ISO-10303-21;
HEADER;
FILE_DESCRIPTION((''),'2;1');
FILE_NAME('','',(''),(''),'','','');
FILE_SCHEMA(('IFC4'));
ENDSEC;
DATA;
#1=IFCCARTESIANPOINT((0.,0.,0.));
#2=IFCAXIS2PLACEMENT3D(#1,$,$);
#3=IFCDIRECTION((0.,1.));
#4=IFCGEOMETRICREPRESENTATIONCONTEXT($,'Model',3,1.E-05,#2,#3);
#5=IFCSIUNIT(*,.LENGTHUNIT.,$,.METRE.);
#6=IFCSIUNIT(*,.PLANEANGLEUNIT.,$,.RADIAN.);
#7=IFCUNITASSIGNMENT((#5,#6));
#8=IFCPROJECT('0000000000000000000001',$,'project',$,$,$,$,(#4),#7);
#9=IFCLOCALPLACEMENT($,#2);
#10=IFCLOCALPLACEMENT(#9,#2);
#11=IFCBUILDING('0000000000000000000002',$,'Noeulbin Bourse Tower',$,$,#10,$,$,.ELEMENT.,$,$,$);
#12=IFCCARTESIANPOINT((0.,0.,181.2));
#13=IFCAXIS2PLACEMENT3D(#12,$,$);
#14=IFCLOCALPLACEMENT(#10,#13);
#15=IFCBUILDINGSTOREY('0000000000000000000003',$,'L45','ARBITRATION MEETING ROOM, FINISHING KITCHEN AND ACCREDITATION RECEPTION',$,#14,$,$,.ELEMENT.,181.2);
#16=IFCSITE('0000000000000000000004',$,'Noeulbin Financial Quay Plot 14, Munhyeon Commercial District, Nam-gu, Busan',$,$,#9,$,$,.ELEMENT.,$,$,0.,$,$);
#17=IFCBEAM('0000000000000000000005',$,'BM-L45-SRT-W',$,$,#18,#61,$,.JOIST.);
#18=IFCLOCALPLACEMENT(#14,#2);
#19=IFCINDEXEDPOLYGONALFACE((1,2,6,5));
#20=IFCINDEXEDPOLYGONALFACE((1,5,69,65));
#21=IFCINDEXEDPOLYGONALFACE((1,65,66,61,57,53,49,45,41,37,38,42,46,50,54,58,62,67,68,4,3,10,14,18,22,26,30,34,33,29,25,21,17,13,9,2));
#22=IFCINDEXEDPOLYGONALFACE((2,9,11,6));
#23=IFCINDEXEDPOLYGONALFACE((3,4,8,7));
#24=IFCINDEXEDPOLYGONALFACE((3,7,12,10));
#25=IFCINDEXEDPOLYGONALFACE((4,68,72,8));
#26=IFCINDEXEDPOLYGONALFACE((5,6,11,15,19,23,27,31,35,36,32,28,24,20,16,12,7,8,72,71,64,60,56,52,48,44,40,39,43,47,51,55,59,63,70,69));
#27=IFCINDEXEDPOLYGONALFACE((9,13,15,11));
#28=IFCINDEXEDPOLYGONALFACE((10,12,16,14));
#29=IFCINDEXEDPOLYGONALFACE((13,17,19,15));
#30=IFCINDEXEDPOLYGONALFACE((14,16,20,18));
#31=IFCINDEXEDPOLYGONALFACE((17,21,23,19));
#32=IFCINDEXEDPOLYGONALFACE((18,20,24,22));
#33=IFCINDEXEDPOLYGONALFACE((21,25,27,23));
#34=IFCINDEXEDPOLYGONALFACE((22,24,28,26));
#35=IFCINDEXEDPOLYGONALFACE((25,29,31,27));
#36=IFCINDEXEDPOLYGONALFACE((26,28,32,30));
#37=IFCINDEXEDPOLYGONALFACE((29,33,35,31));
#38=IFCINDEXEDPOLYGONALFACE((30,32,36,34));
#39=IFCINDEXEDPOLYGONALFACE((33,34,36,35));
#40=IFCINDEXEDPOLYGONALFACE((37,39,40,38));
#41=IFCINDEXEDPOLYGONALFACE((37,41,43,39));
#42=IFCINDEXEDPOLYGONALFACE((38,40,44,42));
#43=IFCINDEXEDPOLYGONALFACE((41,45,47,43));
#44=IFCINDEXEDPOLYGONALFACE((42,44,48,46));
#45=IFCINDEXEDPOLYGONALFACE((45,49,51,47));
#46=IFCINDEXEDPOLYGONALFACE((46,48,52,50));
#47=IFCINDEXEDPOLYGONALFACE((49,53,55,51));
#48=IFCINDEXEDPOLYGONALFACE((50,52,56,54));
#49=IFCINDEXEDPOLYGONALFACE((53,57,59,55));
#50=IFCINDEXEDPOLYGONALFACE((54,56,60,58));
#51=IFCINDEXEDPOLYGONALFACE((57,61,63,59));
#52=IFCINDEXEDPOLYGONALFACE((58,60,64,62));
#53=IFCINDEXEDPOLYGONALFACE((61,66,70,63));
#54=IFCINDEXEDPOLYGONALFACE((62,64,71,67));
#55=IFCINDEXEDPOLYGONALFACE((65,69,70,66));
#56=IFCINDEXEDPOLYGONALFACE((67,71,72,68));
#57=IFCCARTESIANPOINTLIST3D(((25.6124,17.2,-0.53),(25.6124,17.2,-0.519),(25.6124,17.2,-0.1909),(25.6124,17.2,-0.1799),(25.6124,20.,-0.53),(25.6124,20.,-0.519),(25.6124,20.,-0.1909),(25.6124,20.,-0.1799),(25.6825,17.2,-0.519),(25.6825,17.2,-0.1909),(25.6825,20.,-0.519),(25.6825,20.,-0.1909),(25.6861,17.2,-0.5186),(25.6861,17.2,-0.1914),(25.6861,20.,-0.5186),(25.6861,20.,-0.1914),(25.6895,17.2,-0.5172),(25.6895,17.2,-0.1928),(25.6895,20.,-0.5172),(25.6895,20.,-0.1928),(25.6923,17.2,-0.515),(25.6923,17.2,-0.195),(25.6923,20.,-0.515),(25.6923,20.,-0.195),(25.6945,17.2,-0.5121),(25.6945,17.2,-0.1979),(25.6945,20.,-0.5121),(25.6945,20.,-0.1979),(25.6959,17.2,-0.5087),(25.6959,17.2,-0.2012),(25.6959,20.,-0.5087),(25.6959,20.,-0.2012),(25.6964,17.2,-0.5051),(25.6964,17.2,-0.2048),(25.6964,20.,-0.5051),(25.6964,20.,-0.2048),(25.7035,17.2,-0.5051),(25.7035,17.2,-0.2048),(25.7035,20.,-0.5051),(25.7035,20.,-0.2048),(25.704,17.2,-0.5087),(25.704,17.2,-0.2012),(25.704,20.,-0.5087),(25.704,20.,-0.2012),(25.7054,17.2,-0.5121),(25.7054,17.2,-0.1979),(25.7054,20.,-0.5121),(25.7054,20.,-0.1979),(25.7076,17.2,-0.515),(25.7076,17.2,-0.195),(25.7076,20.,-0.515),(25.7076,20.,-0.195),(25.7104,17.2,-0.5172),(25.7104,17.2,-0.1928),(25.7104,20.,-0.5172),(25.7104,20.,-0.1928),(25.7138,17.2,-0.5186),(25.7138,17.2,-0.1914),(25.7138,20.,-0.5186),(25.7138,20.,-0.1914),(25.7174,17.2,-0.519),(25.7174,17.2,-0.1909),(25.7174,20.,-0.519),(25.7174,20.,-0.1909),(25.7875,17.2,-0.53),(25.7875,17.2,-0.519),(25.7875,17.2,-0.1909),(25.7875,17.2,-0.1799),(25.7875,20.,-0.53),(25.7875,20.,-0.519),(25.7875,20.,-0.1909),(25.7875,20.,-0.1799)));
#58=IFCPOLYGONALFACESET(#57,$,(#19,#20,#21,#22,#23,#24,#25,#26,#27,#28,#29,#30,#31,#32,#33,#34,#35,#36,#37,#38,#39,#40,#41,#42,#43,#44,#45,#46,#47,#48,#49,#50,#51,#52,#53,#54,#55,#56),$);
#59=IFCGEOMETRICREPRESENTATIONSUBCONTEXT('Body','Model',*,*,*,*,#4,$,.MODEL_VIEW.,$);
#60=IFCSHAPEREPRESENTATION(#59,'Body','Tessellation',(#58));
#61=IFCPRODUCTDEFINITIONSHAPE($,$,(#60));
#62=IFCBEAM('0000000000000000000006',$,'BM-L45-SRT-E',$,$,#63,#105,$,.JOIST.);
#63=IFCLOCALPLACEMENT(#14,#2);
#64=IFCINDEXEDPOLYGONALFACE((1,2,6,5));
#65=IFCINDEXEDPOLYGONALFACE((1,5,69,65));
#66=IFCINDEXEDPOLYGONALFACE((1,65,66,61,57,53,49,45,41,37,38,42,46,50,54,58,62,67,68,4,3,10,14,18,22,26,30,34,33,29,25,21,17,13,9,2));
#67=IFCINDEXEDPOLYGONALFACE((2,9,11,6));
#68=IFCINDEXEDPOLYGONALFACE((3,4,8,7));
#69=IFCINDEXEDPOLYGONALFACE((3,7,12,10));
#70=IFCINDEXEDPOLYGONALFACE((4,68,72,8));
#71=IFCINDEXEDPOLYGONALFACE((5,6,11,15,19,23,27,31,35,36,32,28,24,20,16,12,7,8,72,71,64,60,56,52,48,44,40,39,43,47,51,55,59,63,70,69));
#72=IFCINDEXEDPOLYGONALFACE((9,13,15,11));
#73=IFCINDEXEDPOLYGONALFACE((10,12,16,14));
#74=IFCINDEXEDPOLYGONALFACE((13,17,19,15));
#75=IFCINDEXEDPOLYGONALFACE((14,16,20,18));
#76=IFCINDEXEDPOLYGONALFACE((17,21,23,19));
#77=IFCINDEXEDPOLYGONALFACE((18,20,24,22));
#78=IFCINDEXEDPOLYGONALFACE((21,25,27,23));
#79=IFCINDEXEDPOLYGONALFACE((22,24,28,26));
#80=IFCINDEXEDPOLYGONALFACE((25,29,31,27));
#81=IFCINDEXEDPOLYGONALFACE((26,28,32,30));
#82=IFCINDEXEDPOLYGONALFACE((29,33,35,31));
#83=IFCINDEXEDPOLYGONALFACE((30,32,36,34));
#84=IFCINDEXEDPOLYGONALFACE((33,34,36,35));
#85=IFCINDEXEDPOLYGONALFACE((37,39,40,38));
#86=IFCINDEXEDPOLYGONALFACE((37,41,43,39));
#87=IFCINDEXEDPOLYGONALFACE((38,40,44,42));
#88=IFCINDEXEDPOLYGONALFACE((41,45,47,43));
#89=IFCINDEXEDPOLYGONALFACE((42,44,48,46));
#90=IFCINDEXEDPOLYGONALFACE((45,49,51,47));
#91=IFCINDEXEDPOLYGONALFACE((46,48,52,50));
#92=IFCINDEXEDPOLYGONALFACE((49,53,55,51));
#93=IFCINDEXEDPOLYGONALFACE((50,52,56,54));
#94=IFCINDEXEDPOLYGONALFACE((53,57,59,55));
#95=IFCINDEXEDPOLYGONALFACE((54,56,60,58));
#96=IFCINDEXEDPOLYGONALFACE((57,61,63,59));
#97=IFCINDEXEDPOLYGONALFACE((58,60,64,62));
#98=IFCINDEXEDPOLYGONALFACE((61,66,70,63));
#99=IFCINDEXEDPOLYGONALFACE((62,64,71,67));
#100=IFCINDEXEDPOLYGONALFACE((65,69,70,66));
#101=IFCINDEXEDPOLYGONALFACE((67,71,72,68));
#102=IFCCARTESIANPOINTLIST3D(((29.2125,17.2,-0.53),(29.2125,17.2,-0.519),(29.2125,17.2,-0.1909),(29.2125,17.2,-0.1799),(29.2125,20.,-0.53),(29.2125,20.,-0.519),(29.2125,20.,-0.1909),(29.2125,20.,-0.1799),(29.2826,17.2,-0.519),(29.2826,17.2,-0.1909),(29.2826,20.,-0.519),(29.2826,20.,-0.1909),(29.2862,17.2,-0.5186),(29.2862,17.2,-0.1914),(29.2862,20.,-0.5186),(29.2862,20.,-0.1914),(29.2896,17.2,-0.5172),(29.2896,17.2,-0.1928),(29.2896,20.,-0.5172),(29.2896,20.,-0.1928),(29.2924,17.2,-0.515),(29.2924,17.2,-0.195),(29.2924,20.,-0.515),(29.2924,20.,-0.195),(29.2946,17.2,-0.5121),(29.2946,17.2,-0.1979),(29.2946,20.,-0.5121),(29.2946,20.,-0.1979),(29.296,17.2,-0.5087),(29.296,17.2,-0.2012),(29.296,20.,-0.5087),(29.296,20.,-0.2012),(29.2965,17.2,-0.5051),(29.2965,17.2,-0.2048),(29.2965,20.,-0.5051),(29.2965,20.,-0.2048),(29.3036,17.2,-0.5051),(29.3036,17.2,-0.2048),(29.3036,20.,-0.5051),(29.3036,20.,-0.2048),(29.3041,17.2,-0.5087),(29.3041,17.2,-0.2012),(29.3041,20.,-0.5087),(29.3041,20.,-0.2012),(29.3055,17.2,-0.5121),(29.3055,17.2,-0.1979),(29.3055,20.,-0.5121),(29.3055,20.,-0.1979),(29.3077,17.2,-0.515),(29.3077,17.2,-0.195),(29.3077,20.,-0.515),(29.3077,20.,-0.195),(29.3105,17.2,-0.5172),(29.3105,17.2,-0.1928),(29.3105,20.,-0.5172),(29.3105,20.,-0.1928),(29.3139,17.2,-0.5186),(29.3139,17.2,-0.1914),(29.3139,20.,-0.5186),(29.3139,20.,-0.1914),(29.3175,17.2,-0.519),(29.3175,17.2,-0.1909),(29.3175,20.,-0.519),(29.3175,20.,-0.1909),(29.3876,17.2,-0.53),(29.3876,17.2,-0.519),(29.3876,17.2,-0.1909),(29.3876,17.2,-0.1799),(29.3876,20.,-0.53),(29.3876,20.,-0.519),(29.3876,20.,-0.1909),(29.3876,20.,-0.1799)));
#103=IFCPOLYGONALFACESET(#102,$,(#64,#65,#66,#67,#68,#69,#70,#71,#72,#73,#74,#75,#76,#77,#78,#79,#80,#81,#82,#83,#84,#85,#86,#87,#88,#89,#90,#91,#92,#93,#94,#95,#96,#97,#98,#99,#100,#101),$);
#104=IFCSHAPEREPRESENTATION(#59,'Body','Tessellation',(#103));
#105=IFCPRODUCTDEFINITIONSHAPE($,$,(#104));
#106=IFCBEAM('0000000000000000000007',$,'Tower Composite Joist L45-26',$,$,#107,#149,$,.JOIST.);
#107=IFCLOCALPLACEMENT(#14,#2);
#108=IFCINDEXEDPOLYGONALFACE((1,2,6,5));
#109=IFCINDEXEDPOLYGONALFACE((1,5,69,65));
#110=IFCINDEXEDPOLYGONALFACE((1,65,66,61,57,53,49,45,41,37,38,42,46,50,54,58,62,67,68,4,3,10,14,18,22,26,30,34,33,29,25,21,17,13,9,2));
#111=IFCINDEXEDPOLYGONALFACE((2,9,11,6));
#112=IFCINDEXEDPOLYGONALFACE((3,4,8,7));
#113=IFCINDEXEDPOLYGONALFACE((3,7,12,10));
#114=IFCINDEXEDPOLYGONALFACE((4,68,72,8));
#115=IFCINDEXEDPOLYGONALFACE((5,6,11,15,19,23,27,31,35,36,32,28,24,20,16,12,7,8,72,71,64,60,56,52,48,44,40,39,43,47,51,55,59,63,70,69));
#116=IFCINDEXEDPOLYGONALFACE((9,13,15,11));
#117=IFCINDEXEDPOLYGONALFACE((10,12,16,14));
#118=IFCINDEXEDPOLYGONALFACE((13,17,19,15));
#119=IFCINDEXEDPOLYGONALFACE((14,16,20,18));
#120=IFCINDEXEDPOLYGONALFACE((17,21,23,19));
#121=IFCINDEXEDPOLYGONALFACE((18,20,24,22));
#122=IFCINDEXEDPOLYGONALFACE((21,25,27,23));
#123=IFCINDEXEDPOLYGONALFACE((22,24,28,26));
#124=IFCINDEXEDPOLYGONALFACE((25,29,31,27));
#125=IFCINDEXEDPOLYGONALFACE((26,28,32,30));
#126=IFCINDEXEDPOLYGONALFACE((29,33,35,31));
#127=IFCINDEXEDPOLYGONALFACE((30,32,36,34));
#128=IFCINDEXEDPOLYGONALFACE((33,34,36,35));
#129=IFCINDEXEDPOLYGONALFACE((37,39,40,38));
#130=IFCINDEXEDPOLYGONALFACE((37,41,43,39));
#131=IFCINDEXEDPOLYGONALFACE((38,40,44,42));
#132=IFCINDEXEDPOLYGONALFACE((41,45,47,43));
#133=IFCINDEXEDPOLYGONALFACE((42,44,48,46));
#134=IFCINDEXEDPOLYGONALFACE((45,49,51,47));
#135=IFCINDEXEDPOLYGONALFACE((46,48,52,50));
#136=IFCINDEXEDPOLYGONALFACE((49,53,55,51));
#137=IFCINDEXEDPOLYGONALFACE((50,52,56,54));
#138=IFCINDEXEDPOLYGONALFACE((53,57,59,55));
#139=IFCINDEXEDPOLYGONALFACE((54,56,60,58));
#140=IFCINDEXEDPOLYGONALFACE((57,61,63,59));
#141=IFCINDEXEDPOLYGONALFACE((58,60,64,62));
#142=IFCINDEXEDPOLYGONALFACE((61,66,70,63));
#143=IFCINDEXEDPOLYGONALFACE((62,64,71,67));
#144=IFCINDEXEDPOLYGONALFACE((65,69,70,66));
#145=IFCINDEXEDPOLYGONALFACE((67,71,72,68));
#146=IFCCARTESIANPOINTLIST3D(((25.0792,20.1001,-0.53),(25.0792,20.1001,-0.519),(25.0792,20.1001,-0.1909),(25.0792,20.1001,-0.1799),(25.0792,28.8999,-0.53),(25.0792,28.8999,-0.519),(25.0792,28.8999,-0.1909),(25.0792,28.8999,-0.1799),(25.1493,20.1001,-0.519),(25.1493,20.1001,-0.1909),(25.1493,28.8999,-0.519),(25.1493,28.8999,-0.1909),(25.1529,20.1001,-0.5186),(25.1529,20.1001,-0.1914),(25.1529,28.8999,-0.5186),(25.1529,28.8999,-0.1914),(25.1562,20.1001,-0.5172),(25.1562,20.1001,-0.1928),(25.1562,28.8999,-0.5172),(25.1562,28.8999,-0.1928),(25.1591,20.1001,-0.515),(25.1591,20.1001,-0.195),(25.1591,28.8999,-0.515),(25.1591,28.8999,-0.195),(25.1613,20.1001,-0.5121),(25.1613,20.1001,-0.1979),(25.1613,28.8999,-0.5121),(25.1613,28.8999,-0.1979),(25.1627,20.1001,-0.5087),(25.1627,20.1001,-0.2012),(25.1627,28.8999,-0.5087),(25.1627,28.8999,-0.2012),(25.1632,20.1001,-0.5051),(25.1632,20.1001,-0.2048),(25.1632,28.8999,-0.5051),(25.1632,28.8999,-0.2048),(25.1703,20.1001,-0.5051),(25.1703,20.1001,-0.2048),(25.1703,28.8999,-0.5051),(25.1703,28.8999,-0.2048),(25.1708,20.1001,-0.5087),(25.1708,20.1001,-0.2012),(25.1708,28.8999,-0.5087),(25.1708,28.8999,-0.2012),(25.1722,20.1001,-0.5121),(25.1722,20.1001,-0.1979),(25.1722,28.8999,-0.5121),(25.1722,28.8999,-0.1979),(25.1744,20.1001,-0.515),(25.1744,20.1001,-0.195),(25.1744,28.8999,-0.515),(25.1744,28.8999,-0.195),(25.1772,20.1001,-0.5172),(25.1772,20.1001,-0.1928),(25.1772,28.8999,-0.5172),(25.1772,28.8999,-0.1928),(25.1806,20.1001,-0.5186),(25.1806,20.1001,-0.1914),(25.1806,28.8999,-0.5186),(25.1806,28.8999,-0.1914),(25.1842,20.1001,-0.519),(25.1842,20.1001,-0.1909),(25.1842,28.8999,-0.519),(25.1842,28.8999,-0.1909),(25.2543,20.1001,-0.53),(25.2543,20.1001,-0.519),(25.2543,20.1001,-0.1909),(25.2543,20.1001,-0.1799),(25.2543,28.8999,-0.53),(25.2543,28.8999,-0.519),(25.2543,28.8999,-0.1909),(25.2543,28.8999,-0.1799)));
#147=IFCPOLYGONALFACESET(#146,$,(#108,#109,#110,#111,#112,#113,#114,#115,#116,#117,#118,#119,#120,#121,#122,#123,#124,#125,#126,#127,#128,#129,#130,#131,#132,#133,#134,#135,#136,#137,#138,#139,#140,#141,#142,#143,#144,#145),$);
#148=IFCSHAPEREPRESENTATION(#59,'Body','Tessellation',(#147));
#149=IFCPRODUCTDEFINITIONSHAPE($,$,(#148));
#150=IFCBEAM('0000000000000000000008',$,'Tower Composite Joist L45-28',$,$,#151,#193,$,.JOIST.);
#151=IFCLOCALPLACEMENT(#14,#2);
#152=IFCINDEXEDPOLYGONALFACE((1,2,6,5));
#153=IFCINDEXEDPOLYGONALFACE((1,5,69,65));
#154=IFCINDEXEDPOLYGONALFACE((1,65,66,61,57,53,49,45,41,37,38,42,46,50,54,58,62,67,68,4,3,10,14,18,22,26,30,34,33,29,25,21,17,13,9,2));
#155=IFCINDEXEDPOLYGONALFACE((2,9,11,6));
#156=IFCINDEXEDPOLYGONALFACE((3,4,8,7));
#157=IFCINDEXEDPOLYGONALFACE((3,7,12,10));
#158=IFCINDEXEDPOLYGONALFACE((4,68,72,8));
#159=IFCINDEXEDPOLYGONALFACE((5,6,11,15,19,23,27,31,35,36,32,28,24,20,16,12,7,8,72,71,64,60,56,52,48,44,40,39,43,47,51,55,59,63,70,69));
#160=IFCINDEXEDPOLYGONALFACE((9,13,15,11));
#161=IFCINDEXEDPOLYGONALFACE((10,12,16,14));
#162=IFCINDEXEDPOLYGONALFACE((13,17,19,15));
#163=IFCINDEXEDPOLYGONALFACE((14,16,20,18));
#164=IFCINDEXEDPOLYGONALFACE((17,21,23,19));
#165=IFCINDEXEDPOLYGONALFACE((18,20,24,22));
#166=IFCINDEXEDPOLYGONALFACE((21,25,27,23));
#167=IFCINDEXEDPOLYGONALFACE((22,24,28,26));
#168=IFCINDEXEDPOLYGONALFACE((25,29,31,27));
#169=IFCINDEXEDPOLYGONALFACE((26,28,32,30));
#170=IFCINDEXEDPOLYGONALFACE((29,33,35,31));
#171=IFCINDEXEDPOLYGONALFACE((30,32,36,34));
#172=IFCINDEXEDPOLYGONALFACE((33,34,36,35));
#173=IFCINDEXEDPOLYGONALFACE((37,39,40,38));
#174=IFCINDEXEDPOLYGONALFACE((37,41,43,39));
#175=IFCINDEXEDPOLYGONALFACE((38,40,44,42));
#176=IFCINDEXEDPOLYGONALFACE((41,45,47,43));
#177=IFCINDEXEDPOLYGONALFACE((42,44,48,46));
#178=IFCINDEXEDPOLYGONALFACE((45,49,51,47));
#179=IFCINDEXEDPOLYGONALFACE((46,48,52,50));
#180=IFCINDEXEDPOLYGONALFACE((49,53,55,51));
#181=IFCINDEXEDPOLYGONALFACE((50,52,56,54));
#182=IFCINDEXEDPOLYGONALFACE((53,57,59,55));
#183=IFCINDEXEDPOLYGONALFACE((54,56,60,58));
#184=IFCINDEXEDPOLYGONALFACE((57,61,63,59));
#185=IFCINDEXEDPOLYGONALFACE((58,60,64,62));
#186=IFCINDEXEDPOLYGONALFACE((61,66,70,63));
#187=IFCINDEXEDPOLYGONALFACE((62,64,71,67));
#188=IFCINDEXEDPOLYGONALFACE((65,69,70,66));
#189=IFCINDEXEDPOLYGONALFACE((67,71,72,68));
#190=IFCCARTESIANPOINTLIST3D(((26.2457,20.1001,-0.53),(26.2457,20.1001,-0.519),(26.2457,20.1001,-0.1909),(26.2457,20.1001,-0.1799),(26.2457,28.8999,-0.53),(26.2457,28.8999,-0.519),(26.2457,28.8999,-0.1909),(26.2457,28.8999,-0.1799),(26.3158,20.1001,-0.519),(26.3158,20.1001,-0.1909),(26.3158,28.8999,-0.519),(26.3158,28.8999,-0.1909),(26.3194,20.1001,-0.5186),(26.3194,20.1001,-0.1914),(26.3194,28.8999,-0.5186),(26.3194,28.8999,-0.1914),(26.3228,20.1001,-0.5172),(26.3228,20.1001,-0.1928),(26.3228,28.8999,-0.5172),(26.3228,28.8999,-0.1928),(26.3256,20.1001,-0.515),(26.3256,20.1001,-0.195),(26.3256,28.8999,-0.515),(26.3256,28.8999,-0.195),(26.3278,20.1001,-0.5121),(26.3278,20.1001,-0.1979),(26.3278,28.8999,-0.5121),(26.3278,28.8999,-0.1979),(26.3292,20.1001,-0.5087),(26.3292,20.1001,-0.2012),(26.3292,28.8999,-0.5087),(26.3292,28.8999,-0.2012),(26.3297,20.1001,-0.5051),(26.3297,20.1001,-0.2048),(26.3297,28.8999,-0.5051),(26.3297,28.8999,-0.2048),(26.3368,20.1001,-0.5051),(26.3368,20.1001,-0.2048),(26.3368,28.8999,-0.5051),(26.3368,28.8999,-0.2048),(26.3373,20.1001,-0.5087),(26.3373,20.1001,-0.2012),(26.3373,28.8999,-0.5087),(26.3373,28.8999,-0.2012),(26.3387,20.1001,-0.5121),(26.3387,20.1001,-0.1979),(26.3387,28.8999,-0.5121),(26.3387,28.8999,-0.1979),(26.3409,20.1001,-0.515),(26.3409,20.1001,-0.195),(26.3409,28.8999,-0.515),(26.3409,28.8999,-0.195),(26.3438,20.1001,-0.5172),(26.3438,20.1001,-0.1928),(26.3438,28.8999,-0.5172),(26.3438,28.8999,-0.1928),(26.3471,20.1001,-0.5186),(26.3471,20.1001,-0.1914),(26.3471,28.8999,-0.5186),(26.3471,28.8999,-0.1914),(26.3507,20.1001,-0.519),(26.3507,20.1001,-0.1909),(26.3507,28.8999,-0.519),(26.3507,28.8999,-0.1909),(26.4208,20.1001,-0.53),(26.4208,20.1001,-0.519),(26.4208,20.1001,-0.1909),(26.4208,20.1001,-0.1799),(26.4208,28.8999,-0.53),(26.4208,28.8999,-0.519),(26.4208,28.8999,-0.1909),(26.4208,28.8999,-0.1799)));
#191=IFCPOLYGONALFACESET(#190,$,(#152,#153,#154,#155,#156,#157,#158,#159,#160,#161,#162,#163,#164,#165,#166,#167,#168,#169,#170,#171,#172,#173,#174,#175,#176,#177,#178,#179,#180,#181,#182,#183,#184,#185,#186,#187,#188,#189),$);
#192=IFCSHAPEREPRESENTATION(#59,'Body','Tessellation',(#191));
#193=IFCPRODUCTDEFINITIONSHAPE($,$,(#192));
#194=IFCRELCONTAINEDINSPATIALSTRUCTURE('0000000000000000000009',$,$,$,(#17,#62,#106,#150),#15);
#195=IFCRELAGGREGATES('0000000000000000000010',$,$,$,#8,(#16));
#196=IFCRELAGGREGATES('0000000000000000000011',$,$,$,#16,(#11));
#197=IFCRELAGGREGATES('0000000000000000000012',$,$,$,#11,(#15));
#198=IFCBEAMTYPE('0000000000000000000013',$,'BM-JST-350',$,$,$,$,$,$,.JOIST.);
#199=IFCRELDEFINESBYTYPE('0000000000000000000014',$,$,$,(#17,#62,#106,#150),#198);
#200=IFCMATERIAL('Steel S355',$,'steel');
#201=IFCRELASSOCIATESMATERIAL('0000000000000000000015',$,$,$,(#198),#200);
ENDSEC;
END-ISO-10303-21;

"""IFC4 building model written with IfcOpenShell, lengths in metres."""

from ifc_helpers import new_model, si_unit, direction, frame, origin, origin_2d, place, context, subcontext, project, spatial, i_section, extrude, material, material_profile, profile_set, type_object, element, save


model = new_model("IFC4")

# Units and contexts
model_context = context("Model", 3, precision=1e-05, world=origin(), true_north=direction((0.0, 1.0)))
body_context = subcontext(model_context, "Body", "Model", "MODEL_VIEW")
ifc_project = project(units=[si_unit("LENGTHUNIT", "METRE"), si_unit("PLANEANGLEUNIT", "RADIAN")], contexts=[model_context])

# Site, building, storey
site_placement = place(None, origin())
site = spatial("IfcSite", under=ifc_project, at=site_placement, Name="Noeulbin Financial Quay Plot 14, Munhyeon Commercial District, Nam-gu, Busan", CompositionType="ELEMENT", RefElevation=0.0)
building_placement = place(site_placement, origin())
building = spatial("IfcBuilding", under=site, at=building_placement, Name="Noeulbin Bourse Tower", CompositionType="ELEMENT")
storey_placement = place(building_placement, frame((0.0, 0.0, 181.2)))
storey = spatial("IfcBuildingStorey", under=building, at=storey_placement, Name="L45", Description="ARBITRATION MEETING ROOM, FINISHING KITCHEN AND ACCREDITATION RECEPTION", CompositionType="ELEMENT", Elevation=181.2)

# Beams
ifc_material_1 = material(Name="Steel S355", Category="steel")
ifc_material_profile_1 = material_profile(ifc_material_1, i_section(OverallWidth=0.175, OverallDepth=0.3501, WebThickness=0.0071, FlangeThickness=0.011, FilletRadius=0.0139, at=origin_2d()), Name="H-350x175x7x11", Category="LoadBearing")
ifc_profile_set_1 = profile_set([ifc_material_profile_1], Name="Steel S355")
beam_type_1 = type_object("IfcBeamType", Name="BM-JST-350", PredefinedType="JOIST", material=ifc_profile_set_1)
for number, where, z_axis, x_axis, name in (
    (1, (25.7, 17.2, -0.355), (0.0, 1.0, 0.0), (-1.0, 0.0, 0.0), "BM-L45-SRT-W"),
    (2, (29.3, 17.2, -0.355), (0.0, 1.0, 0.0), (-1.0, 0.0, 0.0), "BM-L45-SRT-E"),
):
    element("IfcBeam", number, at=place(storey_placement, frame(where, z_axis=z_axis, x_axis=x_axis)), inside=storey, type_object=beam_type_1, Name=name, PredefinedType="JOIST", context=body_context, shape_type="SweptSolid", body=[
        extrude(i_section(OverallWidth=0.175, OverallDepth=0.3501, WebThickness=0.0071, FlangeThickness=0.011, FilletRadius=0.0139, at=origin_2d()), origin(), (0.0, 0.0, 1.0), 2.8),
    ])
for number, where, z_axis, x_axis, name in (
    (3, (25.1667, 20.1001, -0.355), (0.0, 1.0, 0.0), (-1.0, 0.0, 0.0), "Tower Composite Joist L45-26"),
    (4, (26.3333, 20.1001, -0.355), (0.0, 1.0, 0.0), (-1.0, 0.0, 0.0), "Tower Composite Joist L45-28"),
):
    element("IfcBeam", number, at=place(storey_placement, frame(where, z_axis=z_axis, x_axis=x_axis)), inside=storey, type_object=beam_type_1, Name=name, PredefinedType="JOIST", context=body_context, shape_type="SweptSolid", body=[
        extrude(i_section(OverallWidth=0.175, OverallDepth=0.3501, WebThickness=0.0071, FlangeThickness=0.011, FilletRadius=0.0139, at=origin_2d()), origin(), (0.0, 0.0, 1.0), 8.7998),
    ])

save(model, "model.ifc")
